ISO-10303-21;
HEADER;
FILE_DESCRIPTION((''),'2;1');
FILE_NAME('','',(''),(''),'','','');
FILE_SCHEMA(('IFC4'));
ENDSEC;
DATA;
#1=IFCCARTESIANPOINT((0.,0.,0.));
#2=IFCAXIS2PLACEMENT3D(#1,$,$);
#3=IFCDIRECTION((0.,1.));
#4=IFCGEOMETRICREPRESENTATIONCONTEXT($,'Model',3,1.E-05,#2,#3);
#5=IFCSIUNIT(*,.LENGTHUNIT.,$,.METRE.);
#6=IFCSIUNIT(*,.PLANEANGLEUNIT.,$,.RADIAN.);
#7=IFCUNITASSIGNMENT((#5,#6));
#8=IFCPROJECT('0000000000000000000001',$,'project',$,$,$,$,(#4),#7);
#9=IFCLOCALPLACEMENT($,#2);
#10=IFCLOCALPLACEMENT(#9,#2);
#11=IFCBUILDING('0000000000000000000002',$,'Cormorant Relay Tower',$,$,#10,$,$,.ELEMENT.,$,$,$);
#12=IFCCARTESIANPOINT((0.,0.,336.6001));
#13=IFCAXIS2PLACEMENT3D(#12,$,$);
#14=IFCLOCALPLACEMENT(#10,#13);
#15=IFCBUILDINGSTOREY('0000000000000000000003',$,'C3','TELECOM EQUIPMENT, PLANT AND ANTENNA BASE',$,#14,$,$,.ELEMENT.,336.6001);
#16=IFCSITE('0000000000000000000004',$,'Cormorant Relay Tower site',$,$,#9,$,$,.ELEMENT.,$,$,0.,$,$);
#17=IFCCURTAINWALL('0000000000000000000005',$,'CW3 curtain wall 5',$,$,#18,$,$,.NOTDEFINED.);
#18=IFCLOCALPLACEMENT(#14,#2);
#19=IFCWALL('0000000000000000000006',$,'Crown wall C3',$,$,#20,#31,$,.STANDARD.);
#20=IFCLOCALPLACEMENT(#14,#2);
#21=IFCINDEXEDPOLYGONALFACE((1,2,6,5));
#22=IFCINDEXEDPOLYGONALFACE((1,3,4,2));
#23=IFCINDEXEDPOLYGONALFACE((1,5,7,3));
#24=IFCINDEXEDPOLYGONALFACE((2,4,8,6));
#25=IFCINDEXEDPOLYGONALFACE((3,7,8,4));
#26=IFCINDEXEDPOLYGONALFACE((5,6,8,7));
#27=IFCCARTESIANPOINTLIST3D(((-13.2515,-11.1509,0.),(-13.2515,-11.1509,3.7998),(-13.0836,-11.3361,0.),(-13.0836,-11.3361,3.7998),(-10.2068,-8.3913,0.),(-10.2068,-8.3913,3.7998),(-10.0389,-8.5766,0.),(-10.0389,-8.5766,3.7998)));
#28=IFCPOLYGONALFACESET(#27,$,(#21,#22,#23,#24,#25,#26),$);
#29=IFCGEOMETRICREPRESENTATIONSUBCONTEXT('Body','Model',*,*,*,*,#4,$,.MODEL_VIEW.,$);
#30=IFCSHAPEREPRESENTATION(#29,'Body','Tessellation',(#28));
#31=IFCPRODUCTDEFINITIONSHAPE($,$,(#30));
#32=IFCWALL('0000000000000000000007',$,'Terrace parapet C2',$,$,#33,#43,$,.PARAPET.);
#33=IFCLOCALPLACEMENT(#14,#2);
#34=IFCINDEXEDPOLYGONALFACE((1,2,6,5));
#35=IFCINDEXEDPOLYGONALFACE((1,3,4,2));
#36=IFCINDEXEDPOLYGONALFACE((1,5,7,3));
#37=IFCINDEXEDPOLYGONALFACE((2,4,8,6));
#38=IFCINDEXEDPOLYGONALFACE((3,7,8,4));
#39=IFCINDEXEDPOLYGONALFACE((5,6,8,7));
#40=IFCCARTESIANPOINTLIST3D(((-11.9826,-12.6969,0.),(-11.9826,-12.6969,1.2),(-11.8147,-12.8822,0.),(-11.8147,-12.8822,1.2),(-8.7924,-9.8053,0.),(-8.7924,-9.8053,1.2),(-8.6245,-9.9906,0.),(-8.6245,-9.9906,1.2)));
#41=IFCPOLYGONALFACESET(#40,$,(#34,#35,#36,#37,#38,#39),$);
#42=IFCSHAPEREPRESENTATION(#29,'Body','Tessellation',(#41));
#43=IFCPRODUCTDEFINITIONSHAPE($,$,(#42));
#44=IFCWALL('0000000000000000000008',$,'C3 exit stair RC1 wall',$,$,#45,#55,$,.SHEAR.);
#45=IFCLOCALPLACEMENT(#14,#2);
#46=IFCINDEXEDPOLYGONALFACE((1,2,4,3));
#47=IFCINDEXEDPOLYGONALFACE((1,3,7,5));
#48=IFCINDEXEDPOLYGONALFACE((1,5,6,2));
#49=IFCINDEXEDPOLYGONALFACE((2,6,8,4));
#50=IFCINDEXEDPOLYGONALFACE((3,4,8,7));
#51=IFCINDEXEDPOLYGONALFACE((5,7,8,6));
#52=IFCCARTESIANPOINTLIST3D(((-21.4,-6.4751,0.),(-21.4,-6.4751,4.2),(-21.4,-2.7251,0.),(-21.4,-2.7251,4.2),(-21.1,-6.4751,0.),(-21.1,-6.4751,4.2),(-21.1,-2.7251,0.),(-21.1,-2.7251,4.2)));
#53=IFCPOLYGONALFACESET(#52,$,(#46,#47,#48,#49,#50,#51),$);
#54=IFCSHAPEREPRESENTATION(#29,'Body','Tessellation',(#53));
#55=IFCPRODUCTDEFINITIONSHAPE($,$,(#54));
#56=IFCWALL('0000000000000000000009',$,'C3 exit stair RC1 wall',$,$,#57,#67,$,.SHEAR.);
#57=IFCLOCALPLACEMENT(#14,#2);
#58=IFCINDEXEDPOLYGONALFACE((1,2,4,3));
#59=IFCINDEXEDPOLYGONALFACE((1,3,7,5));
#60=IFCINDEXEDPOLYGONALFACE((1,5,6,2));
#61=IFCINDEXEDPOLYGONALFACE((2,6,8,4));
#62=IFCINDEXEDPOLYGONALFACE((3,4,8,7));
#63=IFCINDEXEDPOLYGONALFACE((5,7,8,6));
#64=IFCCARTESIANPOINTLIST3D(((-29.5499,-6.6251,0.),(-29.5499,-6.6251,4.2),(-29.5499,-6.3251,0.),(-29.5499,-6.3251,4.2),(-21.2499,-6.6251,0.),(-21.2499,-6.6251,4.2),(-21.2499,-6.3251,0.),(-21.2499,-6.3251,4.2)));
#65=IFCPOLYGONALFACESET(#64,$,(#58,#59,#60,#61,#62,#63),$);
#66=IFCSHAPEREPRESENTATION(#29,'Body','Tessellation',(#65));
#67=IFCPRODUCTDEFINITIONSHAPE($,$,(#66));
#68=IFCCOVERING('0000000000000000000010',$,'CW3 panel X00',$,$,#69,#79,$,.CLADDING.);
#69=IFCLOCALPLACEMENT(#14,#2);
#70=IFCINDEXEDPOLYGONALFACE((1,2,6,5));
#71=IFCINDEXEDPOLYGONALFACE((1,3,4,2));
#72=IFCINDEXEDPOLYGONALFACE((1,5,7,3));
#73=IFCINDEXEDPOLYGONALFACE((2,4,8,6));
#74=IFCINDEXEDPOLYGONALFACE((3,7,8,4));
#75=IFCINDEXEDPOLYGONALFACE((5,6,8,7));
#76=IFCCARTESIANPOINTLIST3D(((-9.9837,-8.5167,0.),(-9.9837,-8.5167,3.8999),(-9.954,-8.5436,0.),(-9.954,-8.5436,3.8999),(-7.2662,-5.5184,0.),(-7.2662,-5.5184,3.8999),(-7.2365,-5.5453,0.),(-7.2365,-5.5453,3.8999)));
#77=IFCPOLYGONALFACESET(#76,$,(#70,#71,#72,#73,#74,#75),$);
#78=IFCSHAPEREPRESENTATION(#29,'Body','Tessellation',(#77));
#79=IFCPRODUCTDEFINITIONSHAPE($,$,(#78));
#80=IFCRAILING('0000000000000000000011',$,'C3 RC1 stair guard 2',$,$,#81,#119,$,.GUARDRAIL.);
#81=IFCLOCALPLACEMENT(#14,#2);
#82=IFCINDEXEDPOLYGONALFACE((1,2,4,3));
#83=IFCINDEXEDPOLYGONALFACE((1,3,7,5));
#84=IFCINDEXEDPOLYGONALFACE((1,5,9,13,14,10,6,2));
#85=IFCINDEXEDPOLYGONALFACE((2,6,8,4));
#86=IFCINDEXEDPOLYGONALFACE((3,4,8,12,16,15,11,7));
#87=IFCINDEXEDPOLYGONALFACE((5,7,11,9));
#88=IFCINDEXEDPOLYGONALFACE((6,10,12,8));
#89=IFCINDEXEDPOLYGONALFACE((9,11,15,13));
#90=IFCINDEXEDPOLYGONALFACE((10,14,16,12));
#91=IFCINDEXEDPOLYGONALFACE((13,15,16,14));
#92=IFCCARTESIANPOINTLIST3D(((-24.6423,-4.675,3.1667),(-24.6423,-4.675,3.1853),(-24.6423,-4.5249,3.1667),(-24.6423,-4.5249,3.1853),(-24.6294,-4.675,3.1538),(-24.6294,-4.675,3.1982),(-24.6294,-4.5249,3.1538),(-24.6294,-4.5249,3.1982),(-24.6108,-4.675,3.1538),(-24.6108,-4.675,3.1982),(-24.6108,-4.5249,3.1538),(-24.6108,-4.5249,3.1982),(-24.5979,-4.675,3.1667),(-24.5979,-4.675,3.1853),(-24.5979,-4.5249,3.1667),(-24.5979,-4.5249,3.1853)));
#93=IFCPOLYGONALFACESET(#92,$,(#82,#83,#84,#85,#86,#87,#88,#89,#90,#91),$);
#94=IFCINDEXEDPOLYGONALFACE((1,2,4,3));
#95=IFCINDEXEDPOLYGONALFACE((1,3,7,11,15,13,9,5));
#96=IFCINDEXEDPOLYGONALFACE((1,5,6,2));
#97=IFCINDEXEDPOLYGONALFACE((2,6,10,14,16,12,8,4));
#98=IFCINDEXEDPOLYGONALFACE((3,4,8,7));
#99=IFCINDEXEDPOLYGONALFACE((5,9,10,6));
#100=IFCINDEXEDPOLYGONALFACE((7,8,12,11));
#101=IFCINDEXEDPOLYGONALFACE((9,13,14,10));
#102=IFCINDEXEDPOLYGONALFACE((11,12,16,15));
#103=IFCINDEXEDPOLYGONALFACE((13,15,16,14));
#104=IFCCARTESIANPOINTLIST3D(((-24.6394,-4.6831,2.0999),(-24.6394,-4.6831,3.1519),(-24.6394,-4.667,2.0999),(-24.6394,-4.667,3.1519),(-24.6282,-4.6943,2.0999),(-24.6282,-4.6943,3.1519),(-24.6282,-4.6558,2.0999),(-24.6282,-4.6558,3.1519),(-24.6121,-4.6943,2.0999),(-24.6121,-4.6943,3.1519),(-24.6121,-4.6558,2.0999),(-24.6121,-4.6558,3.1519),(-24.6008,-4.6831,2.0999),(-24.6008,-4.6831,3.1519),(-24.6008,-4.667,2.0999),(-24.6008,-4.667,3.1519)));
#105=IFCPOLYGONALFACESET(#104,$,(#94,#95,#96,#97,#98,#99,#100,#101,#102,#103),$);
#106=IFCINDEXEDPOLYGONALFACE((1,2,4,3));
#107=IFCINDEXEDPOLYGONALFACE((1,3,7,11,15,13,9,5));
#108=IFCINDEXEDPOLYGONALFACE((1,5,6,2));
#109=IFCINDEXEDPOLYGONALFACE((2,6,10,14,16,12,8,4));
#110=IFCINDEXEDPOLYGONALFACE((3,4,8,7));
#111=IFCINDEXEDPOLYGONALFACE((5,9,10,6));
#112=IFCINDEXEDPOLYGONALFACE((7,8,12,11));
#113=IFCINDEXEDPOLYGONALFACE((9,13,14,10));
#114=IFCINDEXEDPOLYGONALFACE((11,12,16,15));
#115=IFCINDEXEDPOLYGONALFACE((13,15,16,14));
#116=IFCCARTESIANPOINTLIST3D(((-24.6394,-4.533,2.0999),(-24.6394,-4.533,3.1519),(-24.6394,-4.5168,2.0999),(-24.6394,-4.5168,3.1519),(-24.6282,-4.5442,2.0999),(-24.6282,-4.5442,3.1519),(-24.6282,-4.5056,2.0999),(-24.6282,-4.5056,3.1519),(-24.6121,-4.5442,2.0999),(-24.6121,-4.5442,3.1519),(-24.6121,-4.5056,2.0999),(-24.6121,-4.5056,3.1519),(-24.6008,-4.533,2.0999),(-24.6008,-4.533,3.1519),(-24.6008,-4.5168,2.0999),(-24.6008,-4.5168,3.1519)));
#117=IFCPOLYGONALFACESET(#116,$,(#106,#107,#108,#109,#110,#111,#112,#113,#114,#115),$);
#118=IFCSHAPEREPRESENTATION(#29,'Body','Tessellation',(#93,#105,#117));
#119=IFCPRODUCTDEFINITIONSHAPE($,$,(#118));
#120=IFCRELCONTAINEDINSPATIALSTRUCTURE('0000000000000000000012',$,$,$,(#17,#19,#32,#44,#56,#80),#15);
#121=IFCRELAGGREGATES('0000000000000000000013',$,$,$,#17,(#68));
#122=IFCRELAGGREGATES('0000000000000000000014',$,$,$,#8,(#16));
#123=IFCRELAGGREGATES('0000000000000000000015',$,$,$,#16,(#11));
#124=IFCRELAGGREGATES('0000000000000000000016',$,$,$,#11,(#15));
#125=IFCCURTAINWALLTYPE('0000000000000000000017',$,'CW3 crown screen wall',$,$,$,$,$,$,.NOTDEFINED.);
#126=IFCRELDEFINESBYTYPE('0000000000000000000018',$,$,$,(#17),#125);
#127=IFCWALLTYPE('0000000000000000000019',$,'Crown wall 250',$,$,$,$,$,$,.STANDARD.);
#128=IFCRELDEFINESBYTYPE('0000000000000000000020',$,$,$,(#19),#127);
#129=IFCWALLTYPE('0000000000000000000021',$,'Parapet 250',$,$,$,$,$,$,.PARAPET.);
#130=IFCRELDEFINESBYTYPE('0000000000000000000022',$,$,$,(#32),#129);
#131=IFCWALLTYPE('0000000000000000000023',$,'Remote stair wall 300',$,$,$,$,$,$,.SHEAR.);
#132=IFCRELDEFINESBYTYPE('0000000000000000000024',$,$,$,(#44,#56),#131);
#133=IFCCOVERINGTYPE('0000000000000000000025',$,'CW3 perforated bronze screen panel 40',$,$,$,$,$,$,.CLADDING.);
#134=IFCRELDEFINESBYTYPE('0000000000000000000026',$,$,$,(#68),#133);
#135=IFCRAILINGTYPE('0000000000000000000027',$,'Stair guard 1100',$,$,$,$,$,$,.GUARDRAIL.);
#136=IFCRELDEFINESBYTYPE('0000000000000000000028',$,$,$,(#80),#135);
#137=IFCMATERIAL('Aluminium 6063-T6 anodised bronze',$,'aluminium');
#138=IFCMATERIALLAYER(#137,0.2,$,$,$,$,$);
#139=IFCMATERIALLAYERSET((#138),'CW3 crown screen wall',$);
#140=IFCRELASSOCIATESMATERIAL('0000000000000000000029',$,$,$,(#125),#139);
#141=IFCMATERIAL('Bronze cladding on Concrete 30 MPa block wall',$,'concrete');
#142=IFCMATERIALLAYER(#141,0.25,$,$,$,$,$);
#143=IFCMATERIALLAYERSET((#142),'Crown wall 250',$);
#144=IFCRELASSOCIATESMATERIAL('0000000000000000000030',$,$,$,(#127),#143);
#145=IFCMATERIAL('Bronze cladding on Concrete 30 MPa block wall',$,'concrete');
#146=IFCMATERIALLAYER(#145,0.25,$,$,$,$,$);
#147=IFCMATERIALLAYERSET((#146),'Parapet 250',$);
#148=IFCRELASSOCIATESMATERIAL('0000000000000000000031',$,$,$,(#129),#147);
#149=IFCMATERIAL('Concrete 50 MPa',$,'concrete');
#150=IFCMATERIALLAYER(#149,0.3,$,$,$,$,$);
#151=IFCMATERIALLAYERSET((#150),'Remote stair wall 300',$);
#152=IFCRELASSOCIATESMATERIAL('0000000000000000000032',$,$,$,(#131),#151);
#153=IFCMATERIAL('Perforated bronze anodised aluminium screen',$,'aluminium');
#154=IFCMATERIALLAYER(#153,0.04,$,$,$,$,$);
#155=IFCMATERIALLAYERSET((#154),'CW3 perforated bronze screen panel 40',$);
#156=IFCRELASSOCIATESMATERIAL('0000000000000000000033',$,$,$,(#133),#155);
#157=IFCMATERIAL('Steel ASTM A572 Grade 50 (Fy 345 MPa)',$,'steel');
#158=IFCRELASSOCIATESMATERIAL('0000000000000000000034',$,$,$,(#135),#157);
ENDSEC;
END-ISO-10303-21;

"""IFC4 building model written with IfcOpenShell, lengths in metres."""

from ifc_helpers import new_model, si_unit, direction, frame, frame_2d, origin, origin_2d, place, context, subcontext, project, spatial, polyline, rectangle, outline, extrude, material, layer, layer_set, type_object, element, aggregate, save


model = new_model("IFC4")

# Units and contexts
model_context = context("Model", 3, precision=1e-05, world=origin(), true_north=direction((0.0, 1.0)))
body_context = subcontext(model_context, "Body", "Model", "MODEL_VIEW")
ifc_project = project(units=[si_unit("LENGTHUNIT", "METRE"), si_unit("PLANEANGLEUNIT", "RADIAN")], contexts=[model_context])

# Site, building, storey
site_placement = place(None, origin())
site = spatial("IfcSite", under=ifc_project, at=site_placement, Name="Cormorant Relay Tower site", CompositionType="ELEMENT", RefElevation=0.0)
building_placement = place(site_placement, origin())
building = spatial("IfcBuilding", under=site, at=building_placement, Name="Cormorant Relay Tower", CompositionType="ELEMENT")
storey_placement = place(building_placement, frame((0.0, 0.0, 336.6001)))
storey = spatial("IfcBuildingStorey", under=building, at=storey_placement, Name="C3", Description="TELECOM EQUIPMENT, PLANT AND ANTENNA BASE", CompositionType="ELEMENT", Elevation=336.6001)

# Curtain wall
ifc_material_1 = material(Name="Aluminium 6063-T6 anodised bronze", Category="aluminium")
ifc_layer_1 = layer(ifc_material_1, 0.2)
ifc_layer_set_1 = layer_set([ifc_layer_1], Name="CW3 crown screen wall")
curtain_wall_type = type_object("IfcCurtainWallType", Name="CW3 crown screen wall", PredefinedType="NOTDEFINED", material=ifc_layer_set_1)
curtain_wall_placement = place(storey_placement, origin())
curtain_wall = element("IfcCurtainWall", 1, at=curtain_wall_placement, inside=storey, type_object=curtain_wall_type, Name="CW3 curtain wall 5", PredefinedType="NOTDEFINED")

# Walls
ifc_material_2 = material(Name="Bronze cladding on Concrete 30 MPa block wall", Category="concrete")
ifc_layer_2 = layer(ifc_material_2, 0.25)
ifc_layer_set_2 = layer_set([ifc_layer_2], Name="Crown wall 250")
wall_type_1 = type_object("IfcWallType", Name="Crown wall 250", PredefinedType="STANDARD", material=ifc_layer_set_2)
wall_1_placement = place(storey_placement, frame((-10.1228, -8.4839, 0.0), z_axis=(0.0, 0.0, 1.0), x_axis=(-0.740953, -0.671557, 0.0)))
element("IfcWall", 2, at=wall_1_placement, inside=storey, type_object=wall_type_1, Name="Crown wall C3", PredefinedType="STANDARD", context=body_context, shape_type="SweptSolid", body=[
    extrude(rectangle(XDim=4.1091, YDim=0.25, at=frame_2d((2.0547, 0.0))), origin(), (0.0, 0.0, 1.0), 3.7998),
])
ifc_material_3 = material(Name="Bronze cladding on Concrete 30 MPa block wall", Category="concrete")
ifc_layer_3 = layer(ifc_material_3, 0.25)
ifc_layer_set_3 = layer_set([ifc_layer_3], Name="Parapet 250")
wall_type_2 = type_object("IfcWallType", Name="Parapet 250", PredefinedType="PARAPET", material=ifc_layer_set_3)
wall_2_placement = place(storey_placement, frame((-8.7085, -9.8979, 0.0), z_axis=(0.0, 0.0, 1.0), x_axis=(-0.74093, -0.671583, 0.0)))
element("IfcWall", 3, at=wall_2_placement, inside=storey, type_object=wall_type_2, Name="Terrace parapet C2", PredefinedType="PARAPET", context=body_context, shape_type="SweptSolid", body=[
    extrude(rectangle(XDim=4.3057, YDim=0.25, at=frame_2d((2.1528, 0.0))), origin(), (0.0, 0.0, 1.0), 1.2),
])
ifc_material_4 = material(Name="Concrete 50 MPa", Category="concrete")
ifc_layer_4 = layer(ifc_material_4, 0.3)
ifc_layer_set_4 = layer_set([ifc_layer_4], Name="Remote stair wall 300")
wall_type_3 = type_object("IfcWallType", Name="Remote stair wall 300", PredefinedType="SHEAR", material=ifc_layer_set_4)
wall_3_placement = place(storey_placement, frame((-21.25, -2.7251, 0.0), z_axis=(0.0, 0.0, 1.0), x_axis=(0.0, -1.0, 0.0)))
element("IfcWall", 4, at=wall_3_placement, inside=storey, type_object=wall_type_3, Name="C3 exit stair RC1 wall", PredefinedType="SHEAR", context=body_context, shape_type="SweptSolid", body=[
    extrude(rectangle(XDim=3.75, YDim=0.3, at=frame_2d((1.875, 0.0))), origin(), (0.0, 0.0, 1.0), 4.2),
])
wall_4_placement = place(storey_placement, frame((-21.25, -6.4751, 0.0), z_axis=(0.0, 0.0, 1.0), x_axis=(-1.0, 0.0, 0.0)))
element("IfcWall", 5, at=wall_4_placement, inside=storey, type_object=wall_type_3, Name="C3 exit stair RC1 wall", PredefinedType="SHEAR", context=body_context, shape_type="SweptSolid", body=[
    extrude(rectangle(XDim=8.3, YDim=0.3, at=frame_2d((4.1499, 0.0))), origin(), (0.0, 0.0, 1.0), 4.2),
])

# Covering
ifc_material_5 = material(Name="Perforated bronze anodised aluminium screen", Category="aluminium")
ifc_layer_5 = layer(ifc_material_5, 0.04)
ifc_layer_set_5 = layer_set([ifc_layer_5], Name="CW3 perforated bronze screen panel 40")
covering_type = type_object("IfcCoveringType", Name="CW3 perforated bronze screen panel 40", PredefinedType="CLADDING", material=ifc_layer_set_5)
covering_placement = place(storey_placement, frame((-8.6101, -7.031, 0.0), z_axis=(0.0, 0.0, 1.0), x_axis=(0.671559, 0.740951, 0.0)))
covering = element("IfcCovering", 6, at=covering_placement, type_object=covering_type, Name="CW3 panel X00", PredefinedType="CLADDING", context=body_context, shape_type="SweptSolid", body=[
    extrude(rectangle(XDim=4.0466, YDim=0.04, at=origin_2d()), origin(), (0.0, 0.0, 1.0), 3.8999),
])
aggregate(curtain_wall, [covering])

# Railing
ifc_material_6 = material(Name="Steel ASTM A572 Grade 50 (Fy 345 MPa)", Category="steel")
railing_type = type_object("IfcRailingType", Name="Stair guard 1100", PredefinedType="GUARDRAIL", material=ifc_material_6)
railing_placement = place(storey_placement, frame((-24.6201, -4.675, 2.0999)))
element("IfcRailing", 7, at=railing_placement, inside=storey, type_object=railing_type, Name="C3 RC1 stair guard 2", PredefinedType="GUARDRAIL", context=body_context, shape_type="SweptSolid", body=[
    extrude(outline(polyline([(0.0222, 0.0093), (0.0093, 0.0222), (-0.0093, 0.0222), (-0.0222, 0.0093), (-0.0222, -0.0093), (-0.0093, -0.0222), (0.0093, -0.0222), (0.0222, -0.0093), (0.0222, 0.0093)])), frame((0.0, 0.0, 1.0762), z_axis=(0.0, 1.0, 0.0), x_axis=(-1.0, 0.0, 0.0)), (0.0, 0.0, 1.0), 0.1501),
    extrude(outline(polyline([(0.0193, 0.0081), (0.0081, 0.0193), (-0.0081, 0.0193), (-0.0193, 0.0081), (-0.0193, -0.0081), (-0.0081, -0.0193), (0.0081, -0.0193), (0.0193, -0.0081), (0.0193, 0.0081)])), origin(), (0.0, 0.0, 1.0), 1.052),
    extrude(outline(polyline([(0.0193, 0.0081), (0.0081, 0.0193), (-0.0081, 0.0193), (-0.0193, 0.0081), (-0.0193, -0.0081), (-0.0081, -0.0193), (0.0081, -0.0193), (0.0193, -0.0081), (0.0193, 0.0081)])), frame((0.0, 0.1501, 0.0)), (0.0, 0.0, 1.0), 1.052),
])

save(model, "model.ifc")
